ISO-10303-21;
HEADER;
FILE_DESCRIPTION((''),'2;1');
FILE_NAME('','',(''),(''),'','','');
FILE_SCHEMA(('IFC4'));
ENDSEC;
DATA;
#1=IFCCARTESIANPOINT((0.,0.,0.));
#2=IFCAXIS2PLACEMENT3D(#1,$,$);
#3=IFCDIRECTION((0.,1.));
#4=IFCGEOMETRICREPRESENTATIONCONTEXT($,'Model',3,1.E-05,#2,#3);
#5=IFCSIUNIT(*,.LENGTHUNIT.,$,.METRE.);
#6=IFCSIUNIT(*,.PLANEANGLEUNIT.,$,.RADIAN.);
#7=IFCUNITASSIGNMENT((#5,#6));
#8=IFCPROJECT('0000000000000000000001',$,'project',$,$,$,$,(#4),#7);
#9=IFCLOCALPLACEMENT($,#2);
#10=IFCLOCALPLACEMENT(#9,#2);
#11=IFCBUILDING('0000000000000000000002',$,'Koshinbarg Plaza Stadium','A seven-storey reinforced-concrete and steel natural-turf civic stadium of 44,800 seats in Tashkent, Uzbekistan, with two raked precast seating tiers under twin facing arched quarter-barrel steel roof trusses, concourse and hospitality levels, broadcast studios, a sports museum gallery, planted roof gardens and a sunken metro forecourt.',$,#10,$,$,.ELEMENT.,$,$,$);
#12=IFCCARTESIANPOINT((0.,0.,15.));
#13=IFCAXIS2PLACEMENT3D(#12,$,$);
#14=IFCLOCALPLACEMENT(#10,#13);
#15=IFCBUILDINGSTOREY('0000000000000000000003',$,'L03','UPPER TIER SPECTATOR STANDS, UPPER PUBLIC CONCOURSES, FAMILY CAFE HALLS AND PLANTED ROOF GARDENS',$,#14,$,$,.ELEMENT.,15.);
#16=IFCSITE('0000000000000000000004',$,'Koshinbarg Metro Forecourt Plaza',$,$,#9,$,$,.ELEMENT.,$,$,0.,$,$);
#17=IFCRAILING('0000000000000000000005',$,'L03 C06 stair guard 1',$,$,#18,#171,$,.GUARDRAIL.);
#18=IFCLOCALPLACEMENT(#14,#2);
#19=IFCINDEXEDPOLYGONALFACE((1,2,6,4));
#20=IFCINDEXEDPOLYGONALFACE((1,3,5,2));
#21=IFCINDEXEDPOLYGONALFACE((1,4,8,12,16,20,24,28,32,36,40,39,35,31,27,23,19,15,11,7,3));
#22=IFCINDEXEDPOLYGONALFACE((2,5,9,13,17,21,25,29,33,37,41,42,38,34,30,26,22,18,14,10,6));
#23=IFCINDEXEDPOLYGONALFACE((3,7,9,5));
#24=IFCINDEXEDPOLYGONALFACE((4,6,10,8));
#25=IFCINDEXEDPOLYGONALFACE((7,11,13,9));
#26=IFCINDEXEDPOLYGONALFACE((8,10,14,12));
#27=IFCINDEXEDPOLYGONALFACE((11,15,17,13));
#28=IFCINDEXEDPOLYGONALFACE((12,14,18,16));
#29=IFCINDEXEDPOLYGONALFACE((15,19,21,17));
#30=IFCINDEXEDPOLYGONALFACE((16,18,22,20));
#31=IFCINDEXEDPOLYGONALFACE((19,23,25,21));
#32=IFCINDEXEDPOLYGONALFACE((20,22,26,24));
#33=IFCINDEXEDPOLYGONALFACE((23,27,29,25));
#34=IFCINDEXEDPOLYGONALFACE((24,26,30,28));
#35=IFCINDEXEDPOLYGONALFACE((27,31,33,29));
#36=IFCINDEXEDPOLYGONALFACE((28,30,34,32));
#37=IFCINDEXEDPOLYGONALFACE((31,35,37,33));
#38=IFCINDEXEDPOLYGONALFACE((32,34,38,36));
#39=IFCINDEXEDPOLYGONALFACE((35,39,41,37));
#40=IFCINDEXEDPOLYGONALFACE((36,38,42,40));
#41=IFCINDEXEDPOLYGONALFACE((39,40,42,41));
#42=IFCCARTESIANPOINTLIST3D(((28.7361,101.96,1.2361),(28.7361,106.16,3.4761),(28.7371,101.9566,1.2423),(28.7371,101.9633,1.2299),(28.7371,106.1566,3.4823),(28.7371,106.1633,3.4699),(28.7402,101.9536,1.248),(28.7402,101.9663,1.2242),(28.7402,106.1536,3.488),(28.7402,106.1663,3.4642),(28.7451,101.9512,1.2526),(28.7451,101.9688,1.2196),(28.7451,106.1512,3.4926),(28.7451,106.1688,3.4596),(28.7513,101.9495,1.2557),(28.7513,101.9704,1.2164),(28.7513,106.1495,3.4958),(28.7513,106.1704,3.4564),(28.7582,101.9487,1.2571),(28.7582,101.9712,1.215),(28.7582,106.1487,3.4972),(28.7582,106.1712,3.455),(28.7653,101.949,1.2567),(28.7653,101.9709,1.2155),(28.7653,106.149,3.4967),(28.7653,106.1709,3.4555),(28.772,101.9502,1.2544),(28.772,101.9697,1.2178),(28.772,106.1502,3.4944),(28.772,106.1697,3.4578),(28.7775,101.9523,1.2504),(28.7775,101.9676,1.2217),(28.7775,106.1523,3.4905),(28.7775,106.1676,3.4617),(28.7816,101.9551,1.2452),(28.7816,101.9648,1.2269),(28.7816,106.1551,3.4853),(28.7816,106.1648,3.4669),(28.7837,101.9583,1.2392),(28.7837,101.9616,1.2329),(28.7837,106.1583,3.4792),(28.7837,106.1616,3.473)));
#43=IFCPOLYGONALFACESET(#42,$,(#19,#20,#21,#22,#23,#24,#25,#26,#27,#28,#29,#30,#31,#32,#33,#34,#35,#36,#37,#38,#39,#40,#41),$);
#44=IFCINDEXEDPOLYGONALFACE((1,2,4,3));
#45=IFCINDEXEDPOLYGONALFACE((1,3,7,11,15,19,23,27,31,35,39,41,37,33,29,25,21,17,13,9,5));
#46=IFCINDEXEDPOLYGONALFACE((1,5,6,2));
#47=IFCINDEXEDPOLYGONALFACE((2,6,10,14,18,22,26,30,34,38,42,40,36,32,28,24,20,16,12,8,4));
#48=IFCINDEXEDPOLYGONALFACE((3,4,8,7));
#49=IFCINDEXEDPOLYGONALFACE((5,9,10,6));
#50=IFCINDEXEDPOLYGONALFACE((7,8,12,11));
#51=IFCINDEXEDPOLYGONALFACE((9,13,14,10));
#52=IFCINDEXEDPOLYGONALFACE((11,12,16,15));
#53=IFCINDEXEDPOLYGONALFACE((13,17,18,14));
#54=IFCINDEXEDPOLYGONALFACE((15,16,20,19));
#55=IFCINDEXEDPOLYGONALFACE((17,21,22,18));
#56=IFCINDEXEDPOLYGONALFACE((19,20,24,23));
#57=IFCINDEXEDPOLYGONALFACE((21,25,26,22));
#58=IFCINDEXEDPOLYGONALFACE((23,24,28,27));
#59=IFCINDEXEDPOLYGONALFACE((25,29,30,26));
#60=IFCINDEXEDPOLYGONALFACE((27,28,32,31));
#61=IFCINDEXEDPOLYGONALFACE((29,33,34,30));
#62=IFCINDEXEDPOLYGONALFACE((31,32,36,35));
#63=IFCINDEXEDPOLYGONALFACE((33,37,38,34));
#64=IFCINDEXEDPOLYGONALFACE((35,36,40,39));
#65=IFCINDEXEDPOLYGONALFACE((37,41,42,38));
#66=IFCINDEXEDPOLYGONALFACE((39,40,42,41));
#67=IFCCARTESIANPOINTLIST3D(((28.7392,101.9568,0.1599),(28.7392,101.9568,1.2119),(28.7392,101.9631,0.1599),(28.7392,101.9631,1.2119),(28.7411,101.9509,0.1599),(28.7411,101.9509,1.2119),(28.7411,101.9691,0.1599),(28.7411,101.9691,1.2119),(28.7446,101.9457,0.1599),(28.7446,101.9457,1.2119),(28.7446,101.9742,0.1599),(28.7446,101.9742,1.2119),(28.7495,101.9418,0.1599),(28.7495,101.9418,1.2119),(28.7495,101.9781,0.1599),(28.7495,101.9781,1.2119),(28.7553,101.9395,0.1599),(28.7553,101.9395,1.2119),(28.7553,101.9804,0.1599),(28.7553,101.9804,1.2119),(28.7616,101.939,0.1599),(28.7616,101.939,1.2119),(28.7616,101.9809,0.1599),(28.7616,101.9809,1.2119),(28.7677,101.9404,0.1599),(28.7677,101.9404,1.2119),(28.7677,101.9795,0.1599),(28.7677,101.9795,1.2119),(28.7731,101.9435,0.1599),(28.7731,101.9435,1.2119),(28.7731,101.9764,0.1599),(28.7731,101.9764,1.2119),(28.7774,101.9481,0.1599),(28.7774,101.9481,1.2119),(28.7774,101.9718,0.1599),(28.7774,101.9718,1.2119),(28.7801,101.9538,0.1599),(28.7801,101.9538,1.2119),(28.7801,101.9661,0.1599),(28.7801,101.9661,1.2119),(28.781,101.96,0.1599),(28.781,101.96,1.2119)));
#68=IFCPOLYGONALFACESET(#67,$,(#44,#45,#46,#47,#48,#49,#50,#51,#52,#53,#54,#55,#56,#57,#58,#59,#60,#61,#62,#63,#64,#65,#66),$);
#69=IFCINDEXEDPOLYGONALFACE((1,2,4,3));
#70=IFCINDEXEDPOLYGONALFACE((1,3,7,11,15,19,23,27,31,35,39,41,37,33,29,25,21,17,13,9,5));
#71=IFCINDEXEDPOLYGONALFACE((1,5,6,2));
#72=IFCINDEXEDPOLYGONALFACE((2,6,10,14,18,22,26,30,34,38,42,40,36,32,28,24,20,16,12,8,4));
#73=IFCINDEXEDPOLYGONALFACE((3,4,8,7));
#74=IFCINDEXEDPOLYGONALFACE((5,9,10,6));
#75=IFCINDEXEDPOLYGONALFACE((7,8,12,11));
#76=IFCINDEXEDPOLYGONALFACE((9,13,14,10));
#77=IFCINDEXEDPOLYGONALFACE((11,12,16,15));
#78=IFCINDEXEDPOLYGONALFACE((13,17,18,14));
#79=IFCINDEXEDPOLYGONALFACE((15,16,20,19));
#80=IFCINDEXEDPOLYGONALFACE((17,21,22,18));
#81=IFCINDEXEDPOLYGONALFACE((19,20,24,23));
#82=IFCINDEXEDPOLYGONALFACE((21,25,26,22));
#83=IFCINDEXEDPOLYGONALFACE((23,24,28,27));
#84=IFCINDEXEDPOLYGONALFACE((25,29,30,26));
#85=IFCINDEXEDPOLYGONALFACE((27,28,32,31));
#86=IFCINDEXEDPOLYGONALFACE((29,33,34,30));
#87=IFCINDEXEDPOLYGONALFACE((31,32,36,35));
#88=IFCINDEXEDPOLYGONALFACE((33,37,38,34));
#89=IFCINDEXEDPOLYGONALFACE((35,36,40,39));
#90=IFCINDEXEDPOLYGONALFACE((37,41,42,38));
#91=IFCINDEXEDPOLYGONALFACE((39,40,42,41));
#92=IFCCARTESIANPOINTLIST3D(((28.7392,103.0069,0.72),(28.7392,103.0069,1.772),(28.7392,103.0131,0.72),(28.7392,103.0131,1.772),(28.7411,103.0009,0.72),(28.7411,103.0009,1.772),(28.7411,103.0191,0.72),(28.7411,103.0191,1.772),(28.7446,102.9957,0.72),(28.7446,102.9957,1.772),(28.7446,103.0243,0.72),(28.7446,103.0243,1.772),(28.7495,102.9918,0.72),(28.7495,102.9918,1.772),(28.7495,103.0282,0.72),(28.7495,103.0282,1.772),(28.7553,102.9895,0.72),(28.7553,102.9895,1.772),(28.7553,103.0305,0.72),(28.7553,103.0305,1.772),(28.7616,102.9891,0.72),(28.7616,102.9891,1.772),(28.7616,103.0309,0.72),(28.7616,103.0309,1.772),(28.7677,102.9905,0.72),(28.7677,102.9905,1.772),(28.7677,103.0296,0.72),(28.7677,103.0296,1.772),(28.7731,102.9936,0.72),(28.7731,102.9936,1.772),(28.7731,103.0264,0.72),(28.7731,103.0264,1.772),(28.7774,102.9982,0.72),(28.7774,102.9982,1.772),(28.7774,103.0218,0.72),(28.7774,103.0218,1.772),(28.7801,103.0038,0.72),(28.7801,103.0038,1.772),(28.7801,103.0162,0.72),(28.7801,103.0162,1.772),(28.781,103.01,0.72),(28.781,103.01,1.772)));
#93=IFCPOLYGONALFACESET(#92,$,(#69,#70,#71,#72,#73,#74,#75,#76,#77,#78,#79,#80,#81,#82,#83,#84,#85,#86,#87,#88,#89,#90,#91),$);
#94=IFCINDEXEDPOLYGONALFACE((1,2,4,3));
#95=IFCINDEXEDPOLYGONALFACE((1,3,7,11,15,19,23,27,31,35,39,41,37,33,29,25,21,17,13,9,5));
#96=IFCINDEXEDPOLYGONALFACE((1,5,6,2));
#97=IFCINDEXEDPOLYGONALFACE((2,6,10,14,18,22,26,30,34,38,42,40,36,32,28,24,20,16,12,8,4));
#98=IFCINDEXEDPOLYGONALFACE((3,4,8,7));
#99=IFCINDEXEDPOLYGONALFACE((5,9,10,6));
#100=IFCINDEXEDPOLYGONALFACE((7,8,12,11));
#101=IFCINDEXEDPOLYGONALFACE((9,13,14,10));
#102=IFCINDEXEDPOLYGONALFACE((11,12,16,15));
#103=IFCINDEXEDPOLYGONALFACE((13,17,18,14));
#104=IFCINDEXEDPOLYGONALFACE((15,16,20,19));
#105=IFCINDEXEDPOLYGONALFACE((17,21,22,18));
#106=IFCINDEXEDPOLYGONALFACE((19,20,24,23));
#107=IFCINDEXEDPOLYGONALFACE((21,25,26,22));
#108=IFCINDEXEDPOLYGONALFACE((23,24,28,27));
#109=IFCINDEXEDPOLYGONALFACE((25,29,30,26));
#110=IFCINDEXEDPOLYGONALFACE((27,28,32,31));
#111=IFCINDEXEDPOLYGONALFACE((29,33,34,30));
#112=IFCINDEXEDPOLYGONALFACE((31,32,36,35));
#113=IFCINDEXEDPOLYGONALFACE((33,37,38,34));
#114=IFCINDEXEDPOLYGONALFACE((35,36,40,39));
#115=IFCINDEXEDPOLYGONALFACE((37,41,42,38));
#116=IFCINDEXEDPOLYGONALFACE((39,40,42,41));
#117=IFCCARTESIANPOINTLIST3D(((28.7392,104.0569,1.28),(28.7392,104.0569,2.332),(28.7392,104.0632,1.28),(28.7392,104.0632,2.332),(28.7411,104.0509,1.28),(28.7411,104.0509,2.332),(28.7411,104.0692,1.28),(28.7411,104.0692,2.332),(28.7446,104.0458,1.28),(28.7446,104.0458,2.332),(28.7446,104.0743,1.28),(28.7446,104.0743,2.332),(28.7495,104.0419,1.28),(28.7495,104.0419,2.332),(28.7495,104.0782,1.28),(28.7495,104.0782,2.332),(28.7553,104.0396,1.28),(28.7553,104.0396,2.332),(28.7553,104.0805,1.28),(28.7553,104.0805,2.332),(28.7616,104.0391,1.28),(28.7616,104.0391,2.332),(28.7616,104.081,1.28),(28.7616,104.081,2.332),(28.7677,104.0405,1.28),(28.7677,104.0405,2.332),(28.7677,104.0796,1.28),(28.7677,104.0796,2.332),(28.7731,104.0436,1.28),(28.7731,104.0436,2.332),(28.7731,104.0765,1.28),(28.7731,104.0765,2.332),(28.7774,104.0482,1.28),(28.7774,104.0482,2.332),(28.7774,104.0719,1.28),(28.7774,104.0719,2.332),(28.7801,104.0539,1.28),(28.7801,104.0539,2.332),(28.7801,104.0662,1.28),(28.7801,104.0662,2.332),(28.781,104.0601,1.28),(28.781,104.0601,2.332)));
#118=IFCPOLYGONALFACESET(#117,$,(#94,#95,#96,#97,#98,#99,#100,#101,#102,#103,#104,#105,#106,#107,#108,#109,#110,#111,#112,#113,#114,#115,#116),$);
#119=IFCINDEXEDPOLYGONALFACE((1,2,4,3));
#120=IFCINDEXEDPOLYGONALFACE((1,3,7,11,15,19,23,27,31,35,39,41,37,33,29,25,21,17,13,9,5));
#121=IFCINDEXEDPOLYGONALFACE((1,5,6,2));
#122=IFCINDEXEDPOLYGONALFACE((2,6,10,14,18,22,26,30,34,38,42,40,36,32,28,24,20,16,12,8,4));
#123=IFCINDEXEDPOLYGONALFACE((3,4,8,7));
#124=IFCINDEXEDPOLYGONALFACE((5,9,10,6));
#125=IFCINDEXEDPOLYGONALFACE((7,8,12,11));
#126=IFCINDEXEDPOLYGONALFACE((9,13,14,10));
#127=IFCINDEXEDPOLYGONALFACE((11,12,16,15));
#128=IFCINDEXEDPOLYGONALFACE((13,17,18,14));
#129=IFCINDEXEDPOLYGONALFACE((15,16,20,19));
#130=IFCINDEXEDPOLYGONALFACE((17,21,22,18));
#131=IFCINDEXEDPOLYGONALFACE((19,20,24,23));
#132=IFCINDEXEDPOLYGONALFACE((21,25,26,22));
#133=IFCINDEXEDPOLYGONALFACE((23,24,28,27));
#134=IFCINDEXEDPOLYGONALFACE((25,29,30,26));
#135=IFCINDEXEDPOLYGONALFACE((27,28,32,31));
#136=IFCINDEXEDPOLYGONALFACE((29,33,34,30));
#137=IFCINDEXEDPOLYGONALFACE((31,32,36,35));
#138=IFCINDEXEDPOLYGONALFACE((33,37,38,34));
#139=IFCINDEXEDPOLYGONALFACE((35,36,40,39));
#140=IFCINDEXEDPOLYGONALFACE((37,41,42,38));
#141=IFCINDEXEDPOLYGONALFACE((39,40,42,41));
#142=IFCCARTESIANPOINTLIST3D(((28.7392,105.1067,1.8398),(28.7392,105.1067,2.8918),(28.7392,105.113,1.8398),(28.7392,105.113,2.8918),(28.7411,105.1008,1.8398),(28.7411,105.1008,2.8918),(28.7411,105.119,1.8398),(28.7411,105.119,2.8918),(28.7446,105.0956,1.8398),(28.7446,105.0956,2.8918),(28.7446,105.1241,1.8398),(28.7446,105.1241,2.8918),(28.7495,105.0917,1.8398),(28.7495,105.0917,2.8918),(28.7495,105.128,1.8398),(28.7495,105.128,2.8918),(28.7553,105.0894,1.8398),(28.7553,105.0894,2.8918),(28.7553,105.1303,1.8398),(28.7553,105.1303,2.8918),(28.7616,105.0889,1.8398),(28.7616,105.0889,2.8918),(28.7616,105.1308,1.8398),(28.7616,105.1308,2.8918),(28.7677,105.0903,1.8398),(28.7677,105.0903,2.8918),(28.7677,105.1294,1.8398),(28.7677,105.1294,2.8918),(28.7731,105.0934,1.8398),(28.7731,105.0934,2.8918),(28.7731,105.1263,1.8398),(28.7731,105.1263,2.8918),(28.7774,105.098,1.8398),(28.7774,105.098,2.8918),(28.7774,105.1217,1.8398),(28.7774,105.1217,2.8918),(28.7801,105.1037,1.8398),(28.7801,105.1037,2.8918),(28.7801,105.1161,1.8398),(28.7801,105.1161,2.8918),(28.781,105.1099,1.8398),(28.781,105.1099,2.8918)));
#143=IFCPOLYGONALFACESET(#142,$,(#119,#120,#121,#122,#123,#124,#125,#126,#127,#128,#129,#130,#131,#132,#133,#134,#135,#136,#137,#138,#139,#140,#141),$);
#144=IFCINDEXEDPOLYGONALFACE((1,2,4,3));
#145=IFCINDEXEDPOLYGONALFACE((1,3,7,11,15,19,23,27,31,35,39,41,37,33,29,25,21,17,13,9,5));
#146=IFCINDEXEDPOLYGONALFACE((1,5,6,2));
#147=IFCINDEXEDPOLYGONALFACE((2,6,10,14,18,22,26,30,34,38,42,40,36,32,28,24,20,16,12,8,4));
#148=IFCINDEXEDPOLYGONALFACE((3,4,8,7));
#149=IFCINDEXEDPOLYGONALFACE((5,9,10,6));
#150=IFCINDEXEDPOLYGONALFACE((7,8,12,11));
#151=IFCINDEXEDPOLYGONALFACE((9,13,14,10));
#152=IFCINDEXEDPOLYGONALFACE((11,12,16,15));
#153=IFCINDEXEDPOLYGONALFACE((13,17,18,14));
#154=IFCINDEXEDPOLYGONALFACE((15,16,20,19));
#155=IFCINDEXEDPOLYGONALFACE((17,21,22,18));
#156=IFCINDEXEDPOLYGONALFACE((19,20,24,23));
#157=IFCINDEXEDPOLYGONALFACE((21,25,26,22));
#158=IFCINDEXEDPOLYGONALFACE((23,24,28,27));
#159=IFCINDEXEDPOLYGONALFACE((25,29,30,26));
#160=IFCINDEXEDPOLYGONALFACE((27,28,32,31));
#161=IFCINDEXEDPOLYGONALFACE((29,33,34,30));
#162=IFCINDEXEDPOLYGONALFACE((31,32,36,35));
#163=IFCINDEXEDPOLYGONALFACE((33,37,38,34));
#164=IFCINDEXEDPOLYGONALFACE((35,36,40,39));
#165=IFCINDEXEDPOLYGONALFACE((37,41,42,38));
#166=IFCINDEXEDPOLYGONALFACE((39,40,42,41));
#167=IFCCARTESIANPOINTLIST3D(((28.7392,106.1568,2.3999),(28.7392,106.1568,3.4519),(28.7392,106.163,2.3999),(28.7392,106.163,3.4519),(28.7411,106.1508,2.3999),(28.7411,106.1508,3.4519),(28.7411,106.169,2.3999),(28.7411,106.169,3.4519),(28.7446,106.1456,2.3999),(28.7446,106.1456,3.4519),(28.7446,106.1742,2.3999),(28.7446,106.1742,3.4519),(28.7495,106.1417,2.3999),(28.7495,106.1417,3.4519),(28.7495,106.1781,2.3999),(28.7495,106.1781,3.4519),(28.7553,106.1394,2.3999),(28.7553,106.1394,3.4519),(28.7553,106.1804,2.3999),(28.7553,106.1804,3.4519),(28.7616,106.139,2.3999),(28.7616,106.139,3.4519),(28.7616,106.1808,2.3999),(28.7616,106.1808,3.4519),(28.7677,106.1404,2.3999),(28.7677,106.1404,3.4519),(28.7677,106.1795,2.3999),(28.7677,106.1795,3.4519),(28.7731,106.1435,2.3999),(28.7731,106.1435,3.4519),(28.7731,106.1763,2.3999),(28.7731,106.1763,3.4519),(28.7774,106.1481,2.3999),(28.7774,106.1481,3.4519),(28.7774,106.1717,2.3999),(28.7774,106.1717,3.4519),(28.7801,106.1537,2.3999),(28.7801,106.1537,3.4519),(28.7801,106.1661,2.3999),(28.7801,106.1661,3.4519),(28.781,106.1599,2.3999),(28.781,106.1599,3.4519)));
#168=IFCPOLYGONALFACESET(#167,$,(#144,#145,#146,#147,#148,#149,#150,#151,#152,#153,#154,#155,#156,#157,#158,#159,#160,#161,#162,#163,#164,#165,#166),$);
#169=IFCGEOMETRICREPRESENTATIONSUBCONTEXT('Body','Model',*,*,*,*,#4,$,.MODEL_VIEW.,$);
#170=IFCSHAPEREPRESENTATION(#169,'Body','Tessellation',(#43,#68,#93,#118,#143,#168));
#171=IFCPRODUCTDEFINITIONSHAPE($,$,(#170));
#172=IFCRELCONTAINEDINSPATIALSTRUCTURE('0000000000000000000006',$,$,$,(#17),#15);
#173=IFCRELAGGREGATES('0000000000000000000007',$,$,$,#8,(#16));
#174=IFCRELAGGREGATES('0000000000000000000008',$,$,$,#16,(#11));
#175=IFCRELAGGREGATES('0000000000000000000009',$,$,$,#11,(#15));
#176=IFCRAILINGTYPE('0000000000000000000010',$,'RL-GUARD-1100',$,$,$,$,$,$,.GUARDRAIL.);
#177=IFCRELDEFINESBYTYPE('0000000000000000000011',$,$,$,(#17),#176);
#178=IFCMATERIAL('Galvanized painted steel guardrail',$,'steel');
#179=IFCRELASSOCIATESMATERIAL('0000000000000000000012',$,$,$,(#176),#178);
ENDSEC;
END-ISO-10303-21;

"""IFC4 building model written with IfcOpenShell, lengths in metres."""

from ifc_helpers import new_model, si_unit, direction, frame, origin, origin_2d, place, context, subcontext, project, spatial, circle, extrude, material, type_object, element, save


model = new_model("IFC4")

# Units and contexts
model_context = context("Model", 3, precision=1e-05, world=origin(), true_north=direction((0.0, 1.0)))
body_context = subcontext(model_context, "Body", "Model", "MODEL_VIEW")
ifc_project = project(units=[si_unit("LENGTHUNIT", "METRE"), si_unit("PLANEANGLEUNIT", "RADIAN")], contexts=[model_context])

# Site, building, storey
site_placement = place(None, origin())
site = spatial("IfcSite", under=ifc_project, at=site_placement, Name="Koshinbarg Metro Forecourt Plaza", CompositionType="ELEMENT", RefElevation=0.0)
building_placement = place(site_placement, origin())
building = spatial("IfcBuilding", under=site, at=building_placement, Name="Koshinbarg Plaza Stadium", Description="A seven-storey reinforced-concrete and steel natural-turf civic stadium of 44,800 seats in Tashkent, Uzbekistan, with two raked precast seating tiers under twin facing arched quarter-barrel steel roof trusses, concourse and hospitality levels, broadcast studios, a sports museum gallery, planted roof gardens and a sunken metro forecourt.", CompositionType="ELEMENT")
storey_placement = place(building_placement, frame((0.0, 0.0, 15.0)))
storey = spatial("IfcBuildingStorey", under=building, at=storey_placement, Name="L03", Description="UPPER TIER SPECTATOR STANDS, UPPER PUBLIC CONCOURSES, FAMILY CAFE HALLS AND PLANTED ROOF GARDENS", CompositionType="ELEMENT", Elevation=15.0)

# Railing
ifc_material_1 = material(Name="Galvanized painted steel guardrail", Category="steel")
railing_type_1 = type_object("IfcRailingType", Name="RL-GUARD-1100", PredefinedType="GUARDRAIL", material=ifc_material_1)
railing_1_placement = place(storey_placement, frame((28.76, 101.96, 0.1599)))
element("IfcRailing", 1, at=railing_1_placement, inside=storey, type_object=railing_type_1, Name="L03 C06 stair guard 1", PredefinedType="GUARDRAIL", context=body_context, shape_type="SweptSolid", body=[
    extrude(circle(Radius=0.0239, at=origin_2d()), frame((0.0, 0.0, 1.0762), z_axis=(0.0, 0.882352, 0.470591), x_axis=(-1.0, 0.0, 0.0)), (0.0, 0.0, 1.0), 4.76),
    extrude(circle(Radius=0.021, at=origin_2d()), origin(), (0.0, 0.0, 1.0), 1.052),
    extrude(circle(Radius=0.021, at=origin_2d()), frame((0.0, 1.05, 0.5601)), (0.0, 0.0, 1.0), 1.052),
    extrude(circle(Radius=0.021, at=origin_2d()), frame((0.0, 2.1001, 1.1201)), (0.0, 0.0, 1.0), 1.052),
    extrude(circle(Radius=0.021, at=origin_2d()), frame((0.0, 3.1499, 1.6799)), (0.0, 0.0, 1.0), 1.052),
    extrude(circle(Radius=0.021, at=origin_2d()), frame((0.0, 4.2, 2.24)), (0.0, 0.0, 1.0), 1.052),
])

save(model, "model.ifc")
